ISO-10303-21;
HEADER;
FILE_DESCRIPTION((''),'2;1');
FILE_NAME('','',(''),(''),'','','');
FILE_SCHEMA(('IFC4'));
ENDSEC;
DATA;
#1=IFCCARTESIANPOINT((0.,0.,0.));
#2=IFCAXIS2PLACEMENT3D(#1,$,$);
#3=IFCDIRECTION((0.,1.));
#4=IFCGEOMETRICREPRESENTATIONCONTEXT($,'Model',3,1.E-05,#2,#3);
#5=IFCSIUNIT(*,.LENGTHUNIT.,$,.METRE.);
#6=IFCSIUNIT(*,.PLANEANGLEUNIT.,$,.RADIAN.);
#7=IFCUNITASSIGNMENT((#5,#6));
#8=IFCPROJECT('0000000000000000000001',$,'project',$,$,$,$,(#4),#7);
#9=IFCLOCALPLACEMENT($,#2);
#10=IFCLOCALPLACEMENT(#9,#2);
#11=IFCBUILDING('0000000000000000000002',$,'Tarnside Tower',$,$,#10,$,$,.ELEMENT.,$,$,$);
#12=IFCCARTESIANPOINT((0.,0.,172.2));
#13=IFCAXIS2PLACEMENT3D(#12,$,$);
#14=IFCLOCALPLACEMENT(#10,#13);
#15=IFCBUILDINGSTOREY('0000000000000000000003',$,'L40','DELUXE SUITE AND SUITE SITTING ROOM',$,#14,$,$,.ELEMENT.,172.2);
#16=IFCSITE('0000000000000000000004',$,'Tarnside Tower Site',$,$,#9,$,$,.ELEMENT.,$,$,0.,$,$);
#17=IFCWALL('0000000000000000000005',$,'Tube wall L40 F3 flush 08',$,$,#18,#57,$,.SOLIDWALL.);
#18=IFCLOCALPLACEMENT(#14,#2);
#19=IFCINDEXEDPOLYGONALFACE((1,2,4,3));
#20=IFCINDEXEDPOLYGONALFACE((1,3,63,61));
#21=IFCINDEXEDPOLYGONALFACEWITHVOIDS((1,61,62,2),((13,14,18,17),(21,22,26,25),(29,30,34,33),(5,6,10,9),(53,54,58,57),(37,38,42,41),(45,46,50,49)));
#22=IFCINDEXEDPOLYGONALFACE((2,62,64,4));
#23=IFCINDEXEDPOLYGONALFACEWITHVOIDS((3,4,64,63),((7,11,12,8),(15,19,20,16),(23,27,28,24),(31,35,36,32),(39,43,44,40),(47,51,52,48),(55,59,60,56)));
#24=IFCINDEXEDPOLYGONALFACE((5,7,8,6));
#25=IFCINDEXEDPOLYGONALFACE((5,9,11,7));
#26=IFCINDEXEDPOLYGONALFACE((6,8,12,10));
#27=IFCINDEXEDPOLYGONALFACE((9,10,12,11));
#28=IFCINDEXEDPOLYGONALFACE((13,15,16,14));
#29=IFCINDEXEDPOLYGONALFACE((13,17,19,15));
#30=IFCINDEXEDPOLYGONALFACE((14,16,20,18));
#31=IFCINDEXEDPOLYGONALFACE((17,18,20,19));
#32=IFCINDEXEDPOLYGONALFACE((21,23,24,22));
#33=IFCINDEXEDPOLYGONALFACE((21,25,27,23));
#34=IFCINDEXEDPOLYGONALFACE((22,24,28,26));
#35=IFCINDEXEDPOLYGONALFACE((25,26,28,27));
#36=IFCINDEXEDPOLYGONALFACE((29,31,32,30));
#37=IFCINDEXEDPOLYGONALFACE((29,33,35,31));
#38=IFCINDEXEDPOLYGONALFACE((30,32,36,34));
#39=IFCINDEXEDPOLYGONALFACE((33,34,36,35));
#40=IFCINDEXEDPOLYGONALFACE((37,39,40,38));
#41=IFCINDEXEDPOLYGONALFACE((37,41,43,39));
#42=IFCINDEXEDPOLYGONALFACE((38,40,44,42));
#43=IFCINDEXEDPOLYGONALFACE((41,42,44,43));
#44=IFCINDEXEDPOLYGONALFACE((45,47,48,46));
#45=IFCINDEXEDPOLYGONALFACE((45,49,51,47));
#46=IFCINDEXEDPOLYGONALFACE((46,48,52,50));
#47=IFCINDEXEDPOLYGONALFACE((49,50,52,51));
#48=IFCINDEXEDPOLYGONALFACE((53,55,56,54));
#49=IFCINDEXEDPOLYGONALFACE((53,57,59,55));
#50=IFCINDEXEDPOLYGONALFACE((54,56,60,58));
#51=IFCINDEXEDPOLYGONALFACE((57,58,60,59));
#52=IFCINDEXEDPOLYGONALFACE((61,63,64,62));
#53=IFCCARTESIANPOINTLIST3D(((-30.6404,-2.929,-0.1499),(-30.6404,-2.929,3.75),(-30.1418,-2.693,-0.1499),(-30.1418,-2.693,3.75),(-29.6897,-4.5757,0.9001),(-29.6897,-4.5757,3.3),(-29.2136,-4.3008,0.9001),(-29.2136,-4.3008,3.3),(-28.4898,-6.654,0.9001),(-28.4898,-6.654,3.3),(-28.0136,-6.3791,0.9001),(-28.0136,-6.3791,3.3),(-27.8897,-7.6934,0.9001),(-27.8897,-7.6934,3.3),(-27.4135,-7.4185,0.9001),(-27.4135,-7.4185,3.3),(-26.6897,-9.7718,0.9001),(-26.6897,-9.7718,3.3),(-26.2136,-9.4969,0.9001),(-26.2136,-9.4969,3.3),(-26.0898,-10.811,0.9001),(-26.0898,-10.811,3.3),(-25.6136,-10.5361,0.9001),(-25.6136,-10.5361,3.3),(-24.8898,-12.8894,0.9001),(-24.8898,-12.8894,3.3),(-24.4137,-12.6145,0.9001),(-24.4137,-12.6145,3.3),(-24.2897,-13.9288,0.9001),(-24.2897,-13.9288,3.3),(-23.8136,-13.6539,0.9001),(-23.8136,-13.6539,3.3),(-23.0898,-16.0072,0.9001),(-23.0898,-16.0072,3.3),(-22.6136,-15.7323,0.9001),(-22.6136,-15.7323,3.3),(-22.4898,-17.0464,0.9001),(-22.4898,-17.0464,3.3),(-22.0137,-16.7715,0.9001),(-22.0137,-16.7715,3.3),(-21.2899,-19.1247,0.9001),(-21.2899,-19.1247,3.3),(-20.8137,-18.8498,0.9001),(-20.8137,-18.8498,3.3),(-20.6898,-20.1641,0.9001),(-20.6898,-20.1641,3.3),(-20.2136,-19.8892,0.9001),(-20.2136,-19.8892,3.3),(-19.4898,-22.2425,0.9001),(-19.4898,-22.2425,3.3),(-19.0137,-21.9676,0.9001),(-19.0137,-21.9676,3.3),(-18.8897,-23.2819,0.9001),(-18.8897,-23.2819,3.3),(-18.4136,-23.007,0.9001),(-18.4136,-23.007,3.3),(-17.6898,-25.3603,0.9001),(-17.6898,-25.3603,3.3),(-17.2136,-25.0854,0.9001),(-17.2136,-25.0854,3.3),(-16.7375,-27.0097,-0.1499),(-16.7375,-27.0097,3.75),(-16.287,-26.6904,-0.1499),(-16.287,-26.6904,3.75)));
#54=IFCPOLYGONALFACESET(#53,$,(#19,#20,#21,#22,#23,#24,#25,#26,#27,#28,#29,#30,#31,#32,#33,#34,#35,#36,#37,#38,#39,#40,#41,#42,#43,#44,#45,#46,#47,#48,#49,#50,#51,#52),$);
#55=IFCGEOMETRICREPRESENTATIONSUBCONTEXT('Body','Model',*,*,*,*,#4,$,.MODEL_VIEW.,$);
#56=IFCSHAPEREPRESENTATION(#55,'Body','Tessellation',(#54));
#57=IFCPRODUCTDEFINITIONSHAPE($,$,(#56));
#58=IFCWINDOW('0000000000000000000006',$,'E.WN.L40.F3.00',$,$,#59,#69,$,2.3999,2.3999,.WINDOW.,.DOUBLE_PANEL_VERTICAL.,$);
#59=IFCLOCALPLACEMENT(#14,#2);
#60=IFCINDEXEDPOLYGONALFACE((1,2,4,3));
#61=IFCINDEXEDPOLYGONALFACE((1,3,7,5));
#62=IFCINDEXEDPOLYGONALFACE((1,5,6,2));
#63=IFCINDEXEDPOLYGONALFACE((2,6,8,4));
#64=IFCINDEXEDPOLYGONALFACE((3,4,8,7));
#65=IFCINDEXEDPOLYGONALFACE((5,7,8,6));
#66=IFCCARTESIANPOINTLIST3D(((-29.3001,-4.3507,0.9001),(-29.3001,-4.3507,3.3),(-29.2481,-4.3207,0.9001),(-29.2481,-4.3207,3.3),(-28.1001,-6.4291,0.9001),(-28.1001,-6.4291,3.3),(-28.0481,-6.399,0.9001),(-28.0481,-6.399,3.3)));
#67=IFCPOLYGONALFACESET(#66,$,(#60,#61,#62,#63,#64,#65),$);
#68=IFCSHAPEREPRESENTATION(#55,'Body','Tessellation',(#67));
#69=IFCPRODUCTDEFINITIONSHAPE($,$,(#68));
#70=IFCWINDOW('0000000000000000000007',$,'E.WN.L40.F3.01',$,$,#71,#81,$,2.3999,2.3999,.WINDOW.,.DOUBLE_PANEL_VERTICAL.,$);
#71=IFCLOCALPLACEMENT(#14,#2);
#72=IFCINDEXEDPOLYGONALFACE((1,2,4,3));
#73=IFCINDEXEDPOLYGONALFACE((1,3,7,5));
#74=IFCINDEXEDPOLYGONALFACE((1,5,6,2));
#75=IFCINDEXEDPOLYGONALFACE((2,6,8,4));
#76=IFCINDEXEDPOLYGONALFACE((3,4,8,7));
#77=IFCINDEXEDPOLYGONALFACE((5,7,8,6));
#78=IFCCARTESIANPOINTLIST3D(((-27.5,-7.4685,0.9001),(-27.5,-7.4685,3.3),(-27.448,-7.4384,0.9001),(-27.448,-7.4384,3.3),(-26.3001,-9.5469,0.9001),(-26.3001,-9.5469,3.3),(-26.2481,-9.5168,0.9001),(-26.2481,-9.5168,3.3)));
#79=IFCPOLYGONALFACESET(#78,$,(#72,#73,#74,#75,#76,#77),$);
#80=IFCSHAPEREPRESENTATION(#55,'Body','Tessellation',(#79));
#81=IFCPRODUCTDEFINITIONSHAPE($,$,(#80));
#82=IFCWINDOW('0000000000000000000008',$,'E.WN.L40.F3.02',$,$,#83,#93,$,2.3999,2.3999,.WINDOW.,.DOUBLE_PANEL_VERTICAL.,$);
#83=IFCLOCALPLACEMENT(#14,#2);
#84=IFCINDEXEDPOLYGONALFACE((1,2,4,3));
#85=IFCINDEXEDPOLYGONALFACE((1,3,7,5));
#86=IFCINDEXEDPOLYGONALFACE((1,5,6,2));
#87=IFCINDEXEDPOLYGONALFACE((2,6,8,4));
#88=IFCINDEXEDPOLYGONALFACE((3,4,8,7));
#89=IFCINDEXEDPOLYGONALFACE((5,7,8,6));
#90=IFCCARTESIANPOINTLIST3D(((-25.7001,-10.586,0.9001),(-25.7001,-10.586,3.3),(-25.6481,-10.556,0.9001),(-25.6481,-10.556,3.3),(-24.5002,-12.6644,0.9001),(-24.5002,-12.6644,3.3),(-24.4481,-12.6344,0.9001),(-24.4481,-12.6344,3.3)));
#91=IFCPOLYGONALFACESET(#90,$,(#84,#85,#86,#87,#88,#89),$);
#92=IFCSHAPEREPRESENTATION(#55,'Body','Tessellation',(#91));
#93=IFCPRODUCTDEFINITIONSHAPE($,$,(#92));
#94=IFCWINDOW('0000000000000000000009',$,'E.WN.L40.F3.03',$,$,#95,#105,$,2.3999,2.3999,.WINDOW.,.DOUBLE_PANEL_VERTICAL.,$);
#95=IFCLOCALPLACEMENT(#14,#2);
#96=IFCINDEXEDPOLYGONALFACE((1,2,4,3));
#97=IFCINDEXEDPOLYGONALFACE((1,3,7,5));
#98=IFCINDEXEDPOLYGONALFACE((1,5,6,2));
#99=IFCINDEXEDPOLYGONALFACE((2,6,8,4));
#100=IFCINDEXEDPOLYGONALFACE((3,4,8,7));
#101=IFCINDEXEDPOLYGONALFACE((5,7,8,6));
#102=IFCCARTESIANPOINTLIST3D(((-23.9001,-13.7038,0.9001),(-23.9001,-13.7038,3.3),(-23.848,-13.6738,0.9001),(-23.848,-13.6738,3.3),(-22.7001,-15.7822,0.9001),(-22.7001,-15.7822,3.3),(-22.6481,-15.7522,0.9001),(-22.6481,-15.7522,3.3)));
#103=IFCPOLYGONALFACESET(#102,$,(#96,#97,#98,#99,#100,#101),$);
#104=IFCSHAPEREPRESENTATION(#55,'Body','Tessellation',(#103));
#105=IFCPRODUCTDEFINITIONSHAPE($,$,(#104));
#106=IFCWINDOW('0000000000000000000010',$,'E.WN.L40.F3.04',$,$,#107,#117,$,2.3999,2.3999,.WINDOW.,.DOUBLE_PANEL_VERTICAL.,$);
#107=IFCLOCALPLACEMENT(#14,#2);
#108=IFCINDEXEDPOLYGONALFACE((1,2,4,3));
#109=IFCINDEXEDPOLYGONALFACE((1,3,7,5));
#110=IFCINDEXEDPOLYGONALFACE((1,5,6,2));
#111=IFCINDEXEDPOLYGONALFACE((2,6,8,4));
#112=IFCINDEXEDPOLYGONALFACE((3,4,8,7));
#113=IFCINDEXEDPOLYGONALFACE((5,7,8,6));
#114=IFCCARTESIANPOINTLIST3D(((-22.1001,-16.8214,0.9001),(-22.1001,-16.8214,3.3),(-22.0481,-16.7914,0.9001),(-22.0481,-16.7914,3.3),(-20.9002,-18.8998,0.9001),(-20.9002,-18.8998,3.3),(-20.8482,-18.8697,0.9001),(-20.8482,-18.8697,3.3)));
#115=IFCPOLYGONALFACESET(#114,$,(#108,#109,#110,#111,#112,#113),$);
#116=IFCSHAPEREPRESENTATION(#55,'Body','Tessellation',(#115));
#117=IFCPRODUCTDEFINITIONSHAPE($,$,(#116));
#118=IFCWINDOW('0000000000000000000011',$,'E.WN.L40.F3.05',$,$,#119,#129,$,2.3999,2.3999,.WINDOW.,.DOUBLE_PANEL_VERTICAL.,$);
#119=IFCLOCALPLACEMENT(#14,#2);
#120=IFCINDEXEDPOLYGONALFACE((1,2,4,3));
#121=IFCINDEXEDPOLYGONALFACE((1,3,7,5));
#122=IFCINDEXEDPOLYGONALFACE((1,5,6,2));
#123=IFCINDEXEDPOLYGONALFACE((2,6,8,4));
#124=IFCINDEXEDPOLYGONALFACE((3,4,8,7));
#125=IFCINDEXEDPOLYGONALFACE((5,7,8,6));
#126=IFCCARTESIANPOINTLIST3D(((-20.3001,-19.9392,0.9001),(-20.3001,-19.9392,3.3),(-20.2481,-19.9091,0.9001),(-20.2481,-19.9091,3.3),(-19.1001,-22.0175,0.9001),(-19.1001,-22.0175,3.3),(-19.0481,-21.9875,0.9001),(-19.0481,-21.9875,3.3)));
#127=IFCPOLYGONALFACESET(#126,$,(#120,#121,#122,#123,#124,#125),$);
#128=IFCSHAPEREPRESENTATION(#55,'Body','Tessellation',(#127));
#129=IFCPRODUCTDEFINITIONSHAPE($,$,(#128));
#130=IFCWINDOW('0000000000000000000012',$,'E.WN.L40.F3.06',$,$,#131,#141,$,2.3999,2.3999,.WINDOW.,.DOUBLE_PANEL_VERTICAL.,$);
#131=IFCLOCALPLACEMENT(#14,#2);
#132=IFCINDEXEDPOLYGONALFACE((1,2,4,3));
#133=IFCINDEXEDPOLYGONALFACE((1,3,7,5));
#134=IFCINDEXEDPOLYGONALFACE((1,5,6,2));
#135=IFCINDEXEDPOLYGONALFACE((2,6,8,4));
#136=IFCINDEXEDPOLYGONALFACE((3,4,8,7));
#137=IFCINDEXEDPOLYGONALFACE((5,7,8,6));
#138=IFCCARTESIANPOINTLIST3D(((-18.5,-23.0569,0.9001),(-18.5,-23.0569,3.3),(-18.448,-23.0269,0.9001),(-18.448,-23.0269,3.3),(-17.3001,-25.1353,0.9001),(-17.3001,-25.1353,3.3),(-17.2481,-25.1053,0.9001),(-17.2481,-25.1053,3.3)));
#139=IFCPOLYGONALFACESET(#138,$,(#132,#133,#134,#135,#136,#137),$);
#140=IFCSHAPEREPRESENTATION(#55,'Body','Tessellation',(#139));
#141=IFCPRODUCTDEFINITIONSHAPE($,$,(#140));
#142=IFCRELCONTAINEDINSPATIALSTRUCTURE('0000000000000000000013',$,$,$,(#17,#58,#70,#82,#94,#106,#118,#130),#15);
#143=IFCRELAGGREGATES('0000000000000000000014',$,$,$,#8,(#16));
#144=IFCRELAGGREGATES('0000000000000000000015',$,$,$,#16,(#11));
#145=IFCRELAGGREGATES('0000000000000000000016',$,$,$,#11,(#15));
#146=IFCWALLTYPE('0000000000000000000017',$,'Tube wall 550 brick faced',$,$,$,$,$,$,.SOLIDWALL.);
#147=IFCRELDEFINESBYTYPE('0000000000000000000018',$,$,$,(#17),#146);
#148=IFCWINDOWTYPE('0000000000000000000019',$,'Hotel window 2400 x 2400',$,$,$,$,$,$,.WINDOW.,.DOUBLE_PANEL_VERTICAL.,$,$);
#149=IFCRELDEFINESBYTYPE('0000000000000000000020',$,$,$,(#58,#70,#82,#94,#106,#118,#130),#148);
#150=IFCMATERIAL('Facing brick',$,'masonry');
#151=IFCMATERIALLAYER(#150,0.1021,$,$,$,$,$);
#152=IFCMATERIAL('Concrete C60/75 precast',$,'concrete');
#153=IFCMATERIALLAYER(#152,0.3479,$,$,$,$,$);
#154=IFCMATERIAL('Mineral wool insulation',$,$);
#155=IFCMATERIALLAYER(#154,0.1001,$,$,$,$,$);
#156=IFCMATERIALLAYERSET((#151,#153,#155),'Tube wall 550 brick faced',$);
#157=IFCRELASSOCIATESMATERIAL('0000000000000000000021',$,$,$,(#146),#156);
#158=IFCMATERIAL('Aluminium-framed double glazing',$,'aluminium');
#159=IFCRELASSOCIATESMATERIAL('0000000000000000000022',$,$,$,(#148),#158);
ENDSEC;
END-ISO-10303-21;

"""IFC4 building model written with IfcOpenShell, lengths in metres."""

from ifc_helpers import new_model, si_unit, direction, frame, frame_2d, origin, place, context, subcontext, project, spatial, polyline, rectangle, outline, extrude, material, layer, layer_set, type_object, element, fill, save


model = new_model("IFC4")

# Units and contexts
model_context = context("Model", 3, precision=1e-05, world=origin(), true_north=direction((0.0, 1.0)))
body_context = subcontext(model_context, "Body", "Model", "MODEL_VIEW")
ifc_project = project(units=[si_unit("LENGTHUNIT", "METRE"), si_unit("PLANEANGLEUNIT", "RADIAN")], contexts=[model_context])

# Site, building, storey
site_placement = place(None, origin())
site = spatial("IfcSite", under=ifc_project, at=site_placement, Name="Tarnside Tower Site", CompositionType="ELEMENT", RefElevation=0.0)
building_placement = place(site_placement, origin())
building = spatial("IfcBuilding", under=site, at=building_placement, Name="Tarnside Tower", CompositionType="ELEMENT")
storey_placement = place(building_placement, frame((0.0, 0.0, 172.2)))
storey = spatial("IfcBuildingStorey", under=building, at=storey_placement, Name="L40", Description="DELUXE SUITE AND SUITE SITTING ROOM", CompositionType="ELEMENT", Elevation=172.2)

# Shared definitions
ifc_material_1 = material(Name="Facing brick", Category="masonry")
ifc_layer_1 = layer(ifc_material_1, 0.1021)
ifc_material_2 = material(Name="Concrete C60/75 precast", Category="concrete")
ifc_layer_2 = layer(ifc_material_2, 0.3479)
ifc_material_3 = material(Name="Mineral wool insulation")
ifc_layer_3 = layer(ifc_material_3, 0.1001)
ifc_layer_set_1 = layer_set([ifc_layer_1, ifc_layer_2, ifc_layer_3], Name="Tube wall 550 brick faced")
wall_type_1 = type_object("IfcWallType", Name="Tube wall 550 brick faced", PredefinedType="SOLIDWALL", material=ifc_layer_set_1)

# Wall, openings, windows
wall_1_placement = place(storey_placement, frame((-30.3911, -2.811, -0.1499), z_axis=(0.0, 0.0, 1.0), x_axis=(0.499999, -0.866026, 0.0)))
wall_1 = element("IfcWall", 1, at=wall_1_placement, inside=storey, type_object=wall_type_1, Name="Tube wall L40 F3 flush 08", PredefinedType="SOLIDWALL", context=body_context, shape_type="SweptSolid", body=[
    extrude(outline(polyline([(-0.0225, -0.2749), (27.7834, -0.2749), (27.7322, 0.2749), (0.0225, 0.2749), (-0.0225, -0.2749)])), origin(), (0.0, 0.0, 1.0), 3.8999),
])
opening_1_placement = place(wall_1_placement, frame((1.8789, 0.0, 1.05)))
opening_1 = element("IfcOpeningElement", 2, at=opening_1_placement, cuts=wall_1, PredefinedType="OPENING", context=body_context, shape_type="SweptSolid", body=[
    extrude(rectangle(XDim=2.3999, YDim=2.3999, at=frame_2d((1.2, 1.2))), frame((0.0, 0.2852, 0.0), z_axis=(0.0, -1.0, 0.0), x_axis=(1.0, 0.0, 0.0)), (0.0, 0.0, 1.0), 0.5701),
])
opening_2_placement = place(wall_1_placement, frame((5.479, 0.0, 1.05)))
opening_2 = element("IfcOpeningElement", 3, at=opening_2_placement, cuts=wall_1, PredefinedType="OPENING", context=body_context, shape_type="SweptSolid", body=[
    extrude(rectangle(XDim=2.3999, YDim=2.3999, at=frame_2d((1.2, 1.2))), frame((0.0, 0.2852, 0.0), z_axis=(0.0, -1.0, 0.0), x_axis=(1.0, 0.0, 0.0)), (0.0, 0.0, 1.0), 0.5701),
])
opening_3_placement = place(wall_1_placement, frame((9.0789, 0.0, 1.05)))
opening_3 = element("IfcOpeningElement", 4, at=opening_3_placement, cuts=wall_1, PredefinedType="OPENING", context=body_context, shape_type="SweptSolid", body=[
    extrude(rectangle(XDim=2.3999, YDim=2.3999, at=frame_2d((1.2, 1.2))), frame((0.0, 0.2852, 0.0), z_axis=(0.0, -1.0, 0.0), x_axis=(1.0, 0.0, 0.0)), (0.0, 0.0, 1.0), 0.5701),
])
opening_4_placement = place(wall_1_placement, frame((12.679, 0.0, 1.05)))
opening_4 = element("IfcOpeningElement", 5, at=opening_4_placement, cuts=wall_1, PredefinedType="OPENING", context=body_context, shape_type="SweptSolid", body=[
    extrude(rectangle(XDim=2.3999, YDim=2.3999, at=frame_2d((1.2, 1.2))), frame((0.0, 0.2852, 0.0), z_axis=(0.0, -1.0, 0.0), x_axis=(1.0, 0.0, 0.0)), (0.0, 0.0, 1.0), 0.5701),
])
opening_5_placement = place(wall_1_placement, frame((16.2788, 0.0, 1.05)))
opening_5 = element("IfcOpeningElement", 6, at=opening_5_placement, cuts=wall_1, PredefinedType="OPENING", context=body_context, shape_type="SweptSolid", body=[
    extrude(rectangle(XDim=2.3999, YDim=2.3999, at=frame_2d((1.2, 1.2))), frame((0.0, 0.2852, 0.0), z_axis=(0.0, -1.0, 0.0), x_axis=(1.0, 0.0, 0.0)), (0.0, 0.0, 1.0), 0.5701),
])
opening_6_placement = place(wall_1_placement, frame((19.8789, 0.0, 1.05)))
opening_6 = element("IfcOpeningElement", 7, at=opening_6_placement, cuts=wall_1, PredefinedType="OPENING", context=body_context, shape_type="SweptSolid", body=[
    extrude(rectangle(XDim=2.3999, YDim=2.3999, at=frame_2d((1.2, 1.2))), frame((0.0, 0.2852, 0.0), z_axis=(0.0, -1.0, 0.0), x_axis=(1.0, 0.0, 0.0)), (0.0, 0.0, 1.0), 0.5701),
])
opening_7_placement = place(wall_1_placement, frame((23.479, 0.0, 1.05)))
opening_7 = element("IfcOpeningElement", 8, at=opening_7_placement, cuts=wall_1, PredefinedType="OPENING", context=body_context, shape_type="SweptSolid", body=[
    extrude(rectangle(XDim=2.3999, YDim=2.3999, at=frame_2d((1.2, 1.2))), frame((0.0, 0.2852, 0.0), z_axis=(0.0, -1.0, 0.0), x_axis=(1.0, 0.0, 0.0)), (0.0, 0.0, 1.0), 0.5701),
])
ifc_material_4 = material(Name="Aluminium-framed double glazing", Category="aluminium")
window_type = type_object("IfcWindowType", Name="Hotel window 2400 x 2400", PartitioningType="DOUBLE_PANEL_VERTICAL", PredefinedType="WINDOW", material=ifc_material_4)
window_1_placement = place(opening_1_placement, frame((0.0, 0.2051, 0.0)))
window_1 = element("IfcWindow", 9, at=window_1_placement, inside=storey, type_object=window_type, Name="E.WN.L40.F3.00", OverallHeight=2.3999, OverallWidth=2.3999, PartitioningType="DOUBLE_PANEL_VERTICAL", PredefinedType="WINDOW", context=body_context, shape_type="SweptSolid", body=[
    extrude(rectangle(XDim=2.3999, YDim=2.3999, at=frame_2d((1.2, 1.2))), frame((0.0, 0.03, 0.0), z_axis=(0.0, -1.0, 0.0), x_axis=(1.0, 0.0, 0.0)), (0.0, 0.0, 1.0), 0.0601),
])
fill(opening_1, window_1)
window_2_placement = place(opening_2_placement, frame((0.0, 0.2051, 0.0)))
window_2 = element("IfcWindow", 10, at=window_2_placement, inside=storey, type_object=window_type, Name="E.WN.L40.F3.01", OverallHeight=2.3999, OverallWidth=2.3999, PartitioningType="DOUBLE_PANEL_VERTICAL", PredefinedType="WINDOW", context=body_context, shape_type="SweptSolid", body=[
    extrude(rectangle(XDim=2.3999, YDim=2.3999, at=frame_2d((1.2, 1.2))), frame((0.0, 0.03, 0.0), z_axis=(0.0, -1.0, 0.0), x_axis=(1.0, 0.0, 0.0)), (0.0, 0.0, 1.0), 0.0601),
])
fill(opening_2, window_2)
window_3_placement = place(opening_3_placement, frame((0.0, 0.2051, 0.0)))
window_3 = element("IfcWindow", 11, at=window_3_placement, inside=storey, type_object=window_type, Name="E.WN.L40.F3.02", OverallHeight=2.3999, OverallWidth=2.3999, PartitioningType="DOUBLE_PANEL_VERTICAL", PredefinedType="WINDOW", context=body_context, shape_type="SweptSolid", body=[
    extrude(rectangle(XDim=2.3999, YDim=2.3999, at=frame_2d((1.2, 1.2))), frame((0.0, 0.03, 0.0), z_axis=(0.0, -1.0, 0.0), x_axis=(1.0, 0.0, 0.0)), (0.0, 0.0, 1.0), 0.0601),
])
fill(opening_3, window_3)
window_4_placement = place(opening_4_placement, frame((0.0, 0.2051, 0.0)))
window_4 = element("IfcWindow", 12, at=window_4_placement, inside=storey, type_object=window_type, Name="E.WN.L40.F3.03", OverallHeight=2.3999, OverallWidth=2.3999, PartitioningType="DOUBLE_PANEL_VERTICAL", PredefinedType="WINDOW", context=body_context, shape_type="SweptSolid", body=[
    extrude(rectangle(XDim=2.3999, YDim=2.3999, at=frame_2d((1.2, 1.2))), frame((0.0, 0.03, 0.0), z_axis=(0.0, -1.0, 0.0), x_axis=(1.0, 0.0, 0.0)), (0.0, 0.0, 1.0), 0.0601),
])
fill(opening_4, window_4)
window_5_placement = place(opening_5_placement, frame((0.0, 0.2051, 0.0)))
window_5 = element("IfcWindow", 13, at=window_5_placement, inside=storey, type_object=window_type, Name="E.WN.L40.F3.04", OverallHeight=2.3999, OverallWidth=2.3999, PartitioningType="DOUBLE_PANEL_VERTICAL", PredefinedType="WINDOW", context=body_context, shape_type="SweptSolid", body=[
    extrude(rectangle(XDim=2.3999, YDim=2.3999, at=frame_2d((1.2, 1.2))), frame((0.0, 0.03, 0.0), z_axis=(0.0, -1.0, 0.0), x_axis=(1.0, 0.0, 0.0)), (0.0, 0.0, 1.0), 0.0601),
])
fill(opening_5, window_5)
window_6_placement = place(opening_6_placement, frame((0.0, 0.2051, 0.0)))
window_6 = element("IfcWindow", 14, at=window_6_placement, inside=storey, type_object=window_type, Name="E.WN.L40.F3.05", OverallHeight=2.3999, OverallWidth=2.3999, PartitioningType="DOUBLE_PANEL_VERTICAL", PredefinedType="WINDOW", context=body_context, shape_type="SweptSolid", body=[
    extrude(rectangle(XDim=2.3999, YDim=2.3999, at=frame_2d((1.2, 1.2))), frame((0.0, 0.03, 0.0), z_axis=(0.0, -1.0, 0.0), x_axis=(1.0, 0.0, 0.0)), (0.0, 0.0, 1.0), 0.0601),
])
fill(opening_6, window_6)
window_7_placement = place(opening_7_placement, frame((0.0, 0.2051, 0.0)))
window_7 = element("IfcWindow", 15, at=window_7_placement, inside=storey, type_object=window_type, Name="E.WN.L40.F3.06", OverallHeight=2.3999, OverallWidth=2.3999, PartitioningType="DOUBLE_PANEL_VERTICAL", PredefinedType="WINDOW", context=body_context, shape_type="SweptSolid", body=[
    extrude(rectangle(XDim=2.3999, YDim=2.3999, at=frame_2d((1.2, 1.2))), frame((0.0, 0.03, 0.0), z_axis=(0.0, -1.0, 0.0), x_axis=(1.0, 0.0, 0.0)), (0.0, 0.0, 1.0), 0.0601),
])
fill(opening_7, window_7)

save(model, "model.ifc")
